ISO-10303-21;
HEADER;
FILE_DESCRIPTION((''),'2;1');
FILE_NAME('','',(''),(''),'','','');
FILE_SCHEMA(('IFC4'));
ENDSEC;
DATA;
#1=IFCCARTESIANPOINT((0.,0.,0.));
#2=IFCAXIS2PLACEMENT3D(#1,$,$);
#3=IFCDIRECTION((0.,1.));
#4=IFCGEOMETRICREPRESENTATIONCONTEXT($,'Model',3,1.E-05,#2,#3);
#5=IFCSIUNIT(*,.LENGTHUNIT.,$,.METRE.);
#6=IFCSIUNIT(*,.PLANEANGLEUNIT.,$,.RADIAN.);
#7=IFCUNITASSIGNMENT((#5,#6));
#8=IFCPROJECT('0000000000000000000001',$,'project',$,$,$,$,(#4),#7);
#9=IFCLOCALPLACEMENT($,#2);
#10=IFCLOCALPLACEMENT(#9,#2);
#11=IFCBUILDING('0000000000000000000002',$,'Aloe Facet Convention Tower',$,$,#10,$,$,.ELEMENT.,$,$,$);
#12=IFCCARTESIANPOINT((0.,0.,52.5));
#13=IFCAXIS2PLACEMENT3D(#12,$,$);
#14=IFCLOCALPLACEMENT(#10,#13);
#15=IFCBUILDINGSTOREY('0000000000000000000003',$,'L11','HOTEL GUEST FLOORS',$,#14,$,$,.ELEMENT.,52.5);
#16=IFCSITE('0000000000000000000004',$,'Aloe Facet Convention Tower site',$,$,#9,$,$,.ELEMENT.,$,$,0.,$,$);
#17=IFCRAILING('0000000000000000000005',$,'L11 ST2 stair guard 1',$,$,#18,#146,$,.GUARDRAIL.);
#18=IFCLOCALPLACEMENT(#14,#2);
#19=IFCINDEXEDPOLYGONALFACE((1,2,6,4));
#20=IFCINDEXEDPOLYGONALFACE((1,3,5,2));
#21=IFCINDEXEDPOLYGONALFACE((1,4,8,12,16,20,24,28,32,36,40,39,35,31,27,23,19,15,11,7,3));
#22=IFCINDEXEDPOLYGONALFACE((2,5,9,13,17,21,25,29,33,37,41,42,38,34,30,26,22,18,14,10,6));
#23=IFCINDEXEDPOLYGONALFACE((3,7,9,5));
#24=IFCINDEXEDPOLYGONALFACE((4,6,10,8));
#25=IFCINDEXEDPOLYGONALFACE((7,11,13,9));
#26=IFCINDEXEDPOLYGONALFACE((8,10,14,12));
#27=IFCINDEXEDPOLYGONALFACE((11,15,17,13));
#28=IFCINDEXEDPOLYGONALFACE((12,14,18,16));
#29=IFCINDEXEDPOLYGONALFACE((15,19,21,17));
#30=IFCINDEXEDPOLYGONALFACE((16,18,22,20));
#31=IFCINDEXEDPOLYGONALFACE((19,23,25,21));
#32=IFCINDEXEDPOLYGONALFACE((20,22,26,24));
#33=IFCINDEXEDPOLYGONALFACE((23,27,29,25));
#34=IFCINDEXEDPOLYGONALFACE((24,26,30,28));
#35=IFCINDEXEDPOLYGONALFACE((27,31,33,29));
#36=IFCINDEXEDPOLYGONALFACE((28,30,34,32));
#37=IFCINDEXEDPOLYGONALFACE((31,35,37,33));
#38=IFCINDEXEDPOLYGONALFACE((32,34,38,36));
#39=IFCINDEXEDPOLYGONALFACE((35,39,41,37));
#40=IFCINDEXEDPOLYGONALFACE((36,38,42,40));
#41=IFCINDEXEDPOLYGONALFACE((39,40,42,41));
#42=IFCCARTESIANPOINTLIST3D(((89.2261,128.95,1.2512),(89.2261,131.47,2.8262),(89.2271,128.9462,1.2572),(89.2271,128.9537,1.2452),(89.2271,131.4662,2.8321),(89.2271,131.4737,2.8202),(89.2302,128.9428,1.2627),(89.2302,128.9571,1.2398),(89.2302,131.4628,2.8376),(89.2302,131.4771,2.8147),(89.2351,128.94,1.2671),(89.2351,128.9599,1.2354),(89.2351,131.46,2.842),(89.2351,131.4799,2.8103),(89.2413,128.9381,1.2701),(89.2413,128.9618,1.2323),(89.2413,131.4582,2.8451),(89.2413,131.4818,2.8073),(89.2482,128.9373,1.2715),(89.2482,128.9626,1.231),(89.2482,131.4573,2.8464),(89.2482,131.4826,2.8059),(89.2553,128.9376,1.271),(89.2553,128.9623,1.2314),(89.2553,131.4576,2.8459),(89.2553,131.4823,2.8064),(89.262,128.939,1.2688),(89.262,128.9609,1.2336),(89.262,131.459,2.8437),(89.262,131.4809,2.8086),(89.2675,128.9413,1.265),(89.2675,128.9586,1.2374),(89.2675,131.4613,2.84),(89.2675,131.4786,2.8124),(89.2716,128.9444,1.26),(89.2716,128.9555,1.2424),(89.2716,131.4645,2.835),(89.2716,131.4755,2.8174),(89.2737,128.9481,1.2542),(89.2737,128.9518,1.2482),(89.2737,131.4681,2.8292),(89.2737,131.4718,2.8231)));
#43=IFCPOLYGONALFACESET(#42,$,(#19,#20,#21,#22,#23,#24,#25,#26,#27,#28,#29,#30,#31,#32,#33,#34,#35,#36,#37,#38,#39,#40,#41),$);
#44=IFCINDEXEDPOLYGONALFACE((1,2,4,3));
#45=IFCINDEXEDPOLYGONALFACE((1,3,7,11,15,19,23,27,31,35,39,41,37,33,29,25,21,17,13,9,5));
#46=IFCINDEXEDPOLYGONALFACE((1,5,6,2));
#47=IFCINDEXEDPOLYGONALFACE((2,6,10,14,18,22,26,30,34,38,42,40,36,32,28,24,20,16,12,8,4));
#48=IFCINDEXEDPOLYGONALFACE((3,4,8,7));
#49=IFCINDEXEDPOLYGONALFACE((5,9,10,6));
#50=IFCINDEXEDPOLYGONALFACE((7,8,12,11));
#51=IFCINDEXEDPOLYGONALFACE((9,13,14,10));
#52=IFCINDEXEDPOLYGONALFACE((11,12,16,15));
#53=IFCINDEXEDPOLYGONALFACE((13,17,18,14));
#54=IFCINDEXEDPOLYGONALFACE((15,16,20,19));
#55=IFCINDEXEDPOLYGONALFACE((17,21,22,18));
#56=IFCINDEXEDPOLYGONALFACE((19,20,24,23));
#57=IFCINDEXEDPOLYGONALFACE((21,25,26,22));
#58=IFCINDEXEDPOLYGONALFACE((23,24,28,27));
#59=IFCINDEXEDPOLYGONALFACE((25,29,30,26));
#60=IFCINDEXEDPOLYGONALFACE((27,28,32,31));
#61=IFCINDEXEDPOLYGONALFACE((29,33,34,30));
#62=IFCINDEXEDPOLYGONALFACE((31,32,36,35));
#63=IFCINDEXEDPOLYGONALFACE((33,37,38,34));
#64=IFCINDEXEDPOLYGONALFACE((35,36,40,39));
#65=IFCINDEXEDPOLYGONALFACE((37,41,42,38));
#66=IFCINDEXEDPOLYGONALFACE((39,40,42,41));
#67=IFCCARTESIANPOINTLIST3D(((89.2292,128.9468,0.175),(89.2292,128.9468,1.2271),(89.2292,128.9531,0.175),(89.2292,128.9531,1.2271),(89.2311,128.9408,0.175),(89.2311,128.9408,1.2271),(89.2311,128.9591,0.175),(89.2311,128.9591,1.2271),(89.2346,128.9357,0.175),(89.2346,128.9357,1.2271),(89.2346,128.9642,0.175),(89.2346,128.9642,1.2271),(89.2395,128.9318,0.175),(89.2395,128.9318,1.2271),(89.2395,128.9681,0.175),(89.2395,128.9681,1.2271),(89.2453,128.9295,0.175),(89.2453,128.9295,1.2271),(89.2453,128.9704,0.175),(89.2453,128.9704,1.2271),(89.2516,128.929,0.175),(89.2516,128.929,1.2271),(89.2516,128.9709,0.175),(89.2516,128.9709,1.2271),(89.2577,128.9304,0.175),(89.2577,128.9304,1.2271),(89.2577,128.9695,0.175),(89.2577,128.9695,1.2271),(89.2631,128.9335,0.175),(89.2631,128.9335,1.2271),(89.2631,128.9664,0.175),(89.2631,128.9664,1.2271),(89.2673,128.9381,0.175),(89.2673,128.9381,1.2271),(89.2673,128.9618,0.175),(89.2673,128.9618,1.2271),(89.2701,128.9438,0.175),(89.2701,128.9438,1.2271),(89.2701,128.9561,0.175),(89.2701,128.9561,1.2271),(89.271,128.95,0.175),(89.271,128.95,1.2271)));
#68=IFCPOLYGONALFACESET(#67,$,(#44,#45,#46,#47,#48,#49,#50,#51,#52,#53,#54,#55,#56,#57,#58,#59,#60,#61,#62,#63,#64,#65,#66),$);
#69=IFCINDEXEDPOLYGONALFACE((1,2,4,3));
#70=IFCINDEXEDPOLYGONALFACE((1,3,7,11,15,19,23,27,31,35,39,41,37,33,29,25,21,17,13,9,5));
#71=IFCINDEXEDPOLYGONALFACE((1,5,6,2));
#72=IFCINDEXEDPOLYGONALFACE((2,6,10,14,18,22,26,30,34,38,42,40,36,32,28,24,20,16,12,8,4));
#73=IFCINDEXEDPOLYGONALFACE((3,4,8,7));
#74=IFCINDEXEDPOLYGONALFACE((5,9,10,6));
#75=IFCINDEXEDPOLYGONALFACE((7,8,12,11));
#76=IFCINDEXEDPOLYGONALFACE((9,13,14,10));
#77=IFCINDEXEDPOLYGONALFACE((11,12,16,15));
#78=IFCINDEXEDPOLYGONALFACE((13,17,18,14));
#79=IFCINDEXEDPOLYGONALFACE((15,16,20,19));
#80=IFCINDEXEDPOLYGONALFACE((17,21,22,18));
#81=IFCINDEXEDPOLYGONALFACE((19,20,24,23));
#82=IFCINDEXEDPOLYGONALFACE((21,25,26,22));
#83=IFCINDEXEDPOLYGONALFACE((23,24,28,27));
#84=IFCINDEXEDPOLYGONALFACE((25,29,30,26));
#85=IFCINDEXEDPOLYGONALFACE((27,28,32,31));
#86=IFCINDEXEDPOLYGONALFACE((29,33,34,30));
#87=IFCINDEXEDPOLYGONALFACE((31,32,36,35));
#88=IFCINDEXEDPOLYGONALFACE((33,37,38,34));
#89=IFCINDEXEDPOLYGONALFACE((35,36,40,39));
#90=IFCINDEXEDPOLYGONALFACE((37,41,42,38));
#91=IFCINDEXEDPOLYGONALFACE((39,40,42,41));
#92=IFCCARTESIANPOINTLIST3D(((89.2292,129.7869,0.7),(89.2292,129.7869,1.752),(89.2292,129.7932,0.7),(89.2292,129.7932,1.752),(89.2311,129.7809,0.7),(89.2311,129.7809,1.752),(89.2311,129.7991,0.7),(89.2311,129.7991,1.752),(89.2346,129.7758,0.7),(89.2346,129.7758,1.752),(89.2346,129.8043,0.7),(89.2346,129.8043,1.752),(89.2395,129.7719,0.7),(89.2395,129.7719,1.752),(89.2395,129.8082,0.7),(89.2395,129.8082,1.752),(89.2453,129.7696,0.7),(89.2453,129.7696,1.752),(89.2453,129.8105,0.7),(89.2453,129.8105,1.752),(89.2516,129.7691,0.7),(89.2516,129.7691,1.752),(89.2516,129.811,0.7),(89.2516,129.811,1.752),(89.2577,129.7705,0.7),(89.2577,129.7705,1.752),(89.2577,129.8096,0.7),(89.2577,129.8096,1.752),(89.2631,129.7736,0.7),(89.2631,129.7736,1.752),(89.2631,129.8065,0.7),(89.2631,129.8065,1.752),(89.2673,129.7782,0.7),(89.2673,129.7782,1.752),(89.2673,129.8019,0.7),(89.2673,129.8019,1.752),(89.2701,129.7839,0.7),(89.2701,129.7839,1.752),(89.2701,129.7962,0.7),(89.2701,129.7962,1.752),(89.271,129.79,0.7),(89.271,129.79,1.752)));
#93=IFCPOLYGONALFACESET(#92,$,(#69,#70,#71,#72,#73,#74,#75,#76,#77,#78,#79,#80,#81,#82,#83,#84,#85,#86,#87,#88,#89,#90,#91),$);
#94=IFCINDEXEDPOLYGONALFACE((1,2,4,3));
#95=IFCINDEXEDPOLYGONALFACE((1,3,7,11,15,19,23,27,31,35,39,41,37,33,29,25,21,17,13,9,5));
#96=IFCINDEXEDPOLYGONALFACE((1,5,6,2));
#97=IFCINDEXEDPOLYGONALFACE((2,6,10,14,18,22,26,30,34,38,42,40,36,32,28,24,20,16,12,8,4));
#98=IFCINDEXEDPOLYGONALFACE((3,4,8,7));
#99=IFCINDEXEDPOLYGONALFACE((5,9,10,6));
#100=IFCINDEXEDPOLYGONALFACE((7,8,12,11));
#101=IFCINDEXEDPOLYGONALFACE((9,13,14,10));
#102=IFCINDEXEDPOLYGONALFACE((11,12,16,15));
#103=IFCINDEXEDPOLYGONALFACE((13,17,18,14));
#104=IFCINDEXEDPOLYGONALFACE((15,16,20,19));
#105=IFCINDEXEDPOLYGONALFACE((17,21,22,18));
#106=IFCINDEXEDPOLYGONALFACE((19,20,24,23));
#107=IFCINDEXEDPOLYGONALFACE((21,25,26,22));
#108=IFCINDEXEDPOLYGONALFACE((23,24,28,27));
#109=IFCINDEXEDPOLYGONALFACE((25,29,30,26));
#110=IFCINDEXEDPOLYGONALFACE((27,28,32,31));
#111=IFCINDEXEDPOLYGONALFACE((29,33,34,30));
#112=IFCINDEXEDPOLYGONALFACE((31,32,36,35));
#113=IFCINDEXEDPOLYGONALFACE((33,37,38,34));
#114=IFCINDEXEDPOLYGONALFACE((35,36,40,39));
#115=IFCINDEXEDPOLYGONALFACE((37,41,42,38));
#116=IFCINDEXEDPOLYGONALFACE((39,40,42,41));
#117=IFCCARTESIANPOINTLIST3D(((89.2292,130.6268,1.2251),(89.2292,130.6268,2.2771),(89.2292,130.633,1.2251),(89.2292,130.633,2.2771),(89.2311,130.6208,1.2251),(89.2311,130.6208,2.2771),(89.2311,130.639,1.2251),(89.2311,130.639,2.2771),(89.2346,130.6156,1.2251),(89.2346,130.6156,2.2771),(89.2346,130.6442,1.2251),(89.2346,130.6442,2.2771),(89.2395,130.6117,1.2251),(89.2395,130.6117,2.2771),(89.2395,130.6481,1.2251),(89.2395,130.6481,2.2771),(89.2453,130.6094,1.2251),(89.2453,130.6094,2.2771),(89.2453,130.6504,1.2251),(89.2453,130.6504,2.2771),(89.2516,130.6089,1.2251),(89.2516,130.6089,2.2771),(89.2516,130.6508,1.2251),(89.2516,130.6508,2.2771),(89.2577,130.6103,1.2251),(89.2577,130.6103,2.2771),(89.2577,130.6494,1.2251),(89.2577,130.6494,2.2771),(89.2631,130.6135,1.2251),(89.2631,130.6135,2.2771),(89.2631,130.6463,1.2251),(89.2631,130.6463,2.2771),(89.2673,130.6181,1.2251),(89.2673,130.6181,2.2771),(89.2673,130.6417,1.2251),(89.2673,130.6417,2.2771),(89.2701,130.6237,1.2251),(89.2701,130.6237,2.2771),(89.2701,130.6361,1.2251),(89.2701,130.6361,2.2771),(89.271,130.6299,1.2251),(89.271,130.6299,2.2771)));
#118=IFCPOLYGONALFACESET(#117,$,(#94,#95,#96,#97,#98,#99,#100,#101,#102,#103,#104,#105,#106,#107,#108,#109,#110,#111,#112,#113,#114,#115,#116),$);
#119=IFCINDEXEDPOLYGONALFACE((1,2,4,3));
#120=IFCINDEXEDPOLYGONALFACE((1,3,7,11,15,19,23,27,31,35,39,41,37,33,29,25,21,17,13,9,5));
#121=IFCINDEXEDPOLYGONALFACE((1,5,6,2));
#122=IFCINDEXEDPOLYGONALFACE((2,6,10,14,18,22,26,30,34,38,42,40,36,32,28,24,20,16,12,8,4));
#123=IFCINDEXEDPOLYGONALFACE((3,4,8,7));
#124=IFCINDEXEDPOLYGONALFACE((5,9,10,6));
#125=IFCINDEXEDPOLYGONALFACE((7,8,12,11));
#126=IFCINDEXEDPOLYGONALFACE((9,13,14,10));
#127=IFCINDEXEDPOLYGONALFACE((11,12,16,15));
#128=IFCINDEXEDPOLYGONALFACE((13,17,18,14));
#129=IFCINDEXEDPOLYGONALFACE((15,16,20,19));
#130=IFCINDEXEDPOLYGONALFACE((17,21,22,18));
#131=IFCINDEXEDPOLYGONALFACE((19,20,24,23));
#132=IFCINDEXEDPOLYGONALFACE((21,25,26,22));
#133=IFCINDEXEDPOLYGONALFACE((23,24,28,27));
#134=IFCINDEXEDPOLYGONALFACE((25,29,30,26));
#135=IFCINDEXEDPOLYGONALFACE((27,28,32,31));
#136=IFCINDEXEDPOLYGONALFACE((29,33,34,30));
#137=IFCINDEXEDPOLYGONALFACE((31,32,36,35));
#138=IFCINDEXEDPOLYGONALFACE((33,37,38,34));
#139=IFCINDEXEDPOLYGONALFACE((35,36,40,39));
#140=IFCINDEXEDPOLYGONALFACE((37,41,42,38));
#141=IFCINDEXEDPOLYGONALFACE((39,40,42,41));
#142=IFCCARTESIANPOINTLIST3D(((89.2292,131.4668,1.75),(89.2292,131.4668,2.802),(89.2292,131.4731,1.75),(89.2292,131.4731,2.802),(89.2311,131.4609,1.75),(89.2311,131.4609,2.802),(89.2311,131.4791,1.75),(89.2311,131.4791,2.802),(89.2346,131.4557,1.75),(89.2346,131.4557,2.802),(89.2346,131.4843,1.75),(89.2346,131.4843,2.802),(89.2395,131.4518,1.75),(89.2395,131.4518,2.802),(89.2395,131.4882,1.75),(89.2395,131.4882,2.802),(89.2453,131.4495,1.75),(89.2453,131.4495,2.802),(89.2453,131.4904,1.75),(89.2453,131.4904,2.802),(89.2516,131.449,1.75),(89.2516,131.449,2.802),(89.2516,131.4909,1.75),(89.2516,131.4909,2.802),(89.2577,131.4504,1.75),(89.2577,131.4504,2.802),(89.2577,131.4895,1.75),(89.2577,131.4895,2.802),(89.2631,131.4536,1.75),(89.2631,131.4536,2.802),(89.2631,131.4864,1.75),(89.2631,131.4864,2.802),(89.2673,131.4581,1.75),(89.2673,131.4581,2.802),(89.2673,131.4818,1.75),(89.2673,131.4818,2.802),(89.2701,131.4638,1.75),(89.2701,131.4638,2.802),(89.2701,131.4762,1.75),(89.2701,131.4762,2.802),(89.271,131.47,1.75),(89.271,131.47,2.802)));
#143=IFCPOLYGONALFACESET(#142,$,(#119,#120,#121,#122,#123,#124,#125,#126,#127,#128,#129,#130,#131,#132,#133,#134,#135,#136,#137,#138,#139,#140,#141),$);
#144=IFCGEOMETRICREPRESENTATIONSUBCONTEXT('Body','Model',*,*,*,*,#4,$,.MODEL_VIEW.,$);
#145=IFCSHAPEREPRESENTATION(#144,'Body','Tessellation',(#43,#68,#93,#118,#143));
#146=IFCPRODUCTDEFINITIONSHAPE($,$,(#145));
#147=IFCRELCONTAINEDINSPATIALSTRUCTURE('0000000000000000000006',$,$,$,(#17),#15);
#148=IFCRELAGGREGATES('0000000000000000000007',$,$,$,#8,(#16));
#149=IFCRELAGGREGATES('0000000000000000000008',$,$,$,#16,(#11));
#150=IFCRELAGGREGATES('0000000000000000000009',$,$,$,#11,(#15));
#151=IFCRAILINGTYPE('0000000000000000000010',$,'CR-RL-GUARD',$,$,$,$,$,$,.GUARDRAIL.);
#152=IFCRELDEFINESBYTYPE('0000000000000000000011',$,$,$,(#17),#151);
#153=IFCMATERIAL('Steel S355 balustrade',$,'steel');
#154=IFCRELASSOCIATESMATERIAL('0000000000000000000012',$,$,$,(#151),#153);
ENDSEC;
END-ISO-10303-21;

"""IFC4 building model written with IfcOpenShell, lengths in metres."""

from ifc_helpers import new_model, si_unit, direction, frame, origin, origin_2d, place, context, subcontext, project, spatial, circle, extrude, material, type_object, element, save


model = new_model("IFC4")

# Units and contexts
model_context = context("Model", 3, precision=1e-05, world=origin(), true_north=direction((0.0, 1.0)))
body_context = subcontext(model_context, "Body", "Model", "MODEL_VIEW")
ifc_project = project(units=[si_unit("LENGTHUNIT", "METRE"), si_unit("PLANEANGLEUNIT", "RADIAN")], contexts=[model_context])

# Site, building, storey
site_placement = place(None, origin())
site = spatial("IfcSite", under=ifc_project, at=site_placement, Name="Aloe Facet Convention Tower site", CompositionType="ELEMENT", RefElevation=0.0)
building_placement = place(site_placement, origin())
building = spatial("IfcBuilding", under=site, at=building_placement, Name="Aloe Facet Convention Tower", CompositionType="ELEMENT")
storey_placement = place(building_placement, frame((0.0, 0.0, 52.5)))
storey = spatial("IfcBuildingStorey", under=building, at=storey_placement, Name="L11", Description="HOTEL GUEST FLOORS", CompositionType="ELEMENT", Elevation=52.5)

# Railing
ifc_material_1 = material(Name="Steel S355 balustrade", Category="steel")
railing_type_1 = type_object("IfcRailingType", Name="CR-RL-GUARD", PredefinedType="GUARDRAIL", material=ifc_material_1)
railing_1_placement = place(storey_placement, frame((89.25, 128.95, 0.175)))
element("IfcRailing", 1, at=railing_1_placement, inside=storey, type_object=railing_type_1, Name="L11 ST2 stair guard 1", PredefinedType="GUARDRAIL", context=body_context, shape_type="SweptSolid", body=[
    extrude(circle(Radius=0.0239, at=origin_2d()), frame((0.0, 0.0, 1.0762), z_axis=(0.0, 0.848008, 0.529984), x_axis=(-1.0, 0.0, 0.0)), (0.0, 0.0, 1.0), 2.9717),
    extrude(circle(Radius=0.021, at=origin_2d()), origin(), (0.0, 0.0, 1.0), 1.052),
    extrude(circle(Radius=0.021, at=origin_2d()), frame((0.0, 0.8401, 0.5249)), (0.0, 0.0, 1.0), 1.052),
    extrude(circle(Radius=0.021, at=origin_2d()), frame((0.0, 1.6799, 1.05)), (0.0, 0.0, 1.0), 1.052),
    extrude(circle(Radius=0.021, at=origin_2d()), frame((0.0, 2.52, 1.575)), (0.0, 0.0, 1.0), 1.052),
])

save(model, "model.ifc")
